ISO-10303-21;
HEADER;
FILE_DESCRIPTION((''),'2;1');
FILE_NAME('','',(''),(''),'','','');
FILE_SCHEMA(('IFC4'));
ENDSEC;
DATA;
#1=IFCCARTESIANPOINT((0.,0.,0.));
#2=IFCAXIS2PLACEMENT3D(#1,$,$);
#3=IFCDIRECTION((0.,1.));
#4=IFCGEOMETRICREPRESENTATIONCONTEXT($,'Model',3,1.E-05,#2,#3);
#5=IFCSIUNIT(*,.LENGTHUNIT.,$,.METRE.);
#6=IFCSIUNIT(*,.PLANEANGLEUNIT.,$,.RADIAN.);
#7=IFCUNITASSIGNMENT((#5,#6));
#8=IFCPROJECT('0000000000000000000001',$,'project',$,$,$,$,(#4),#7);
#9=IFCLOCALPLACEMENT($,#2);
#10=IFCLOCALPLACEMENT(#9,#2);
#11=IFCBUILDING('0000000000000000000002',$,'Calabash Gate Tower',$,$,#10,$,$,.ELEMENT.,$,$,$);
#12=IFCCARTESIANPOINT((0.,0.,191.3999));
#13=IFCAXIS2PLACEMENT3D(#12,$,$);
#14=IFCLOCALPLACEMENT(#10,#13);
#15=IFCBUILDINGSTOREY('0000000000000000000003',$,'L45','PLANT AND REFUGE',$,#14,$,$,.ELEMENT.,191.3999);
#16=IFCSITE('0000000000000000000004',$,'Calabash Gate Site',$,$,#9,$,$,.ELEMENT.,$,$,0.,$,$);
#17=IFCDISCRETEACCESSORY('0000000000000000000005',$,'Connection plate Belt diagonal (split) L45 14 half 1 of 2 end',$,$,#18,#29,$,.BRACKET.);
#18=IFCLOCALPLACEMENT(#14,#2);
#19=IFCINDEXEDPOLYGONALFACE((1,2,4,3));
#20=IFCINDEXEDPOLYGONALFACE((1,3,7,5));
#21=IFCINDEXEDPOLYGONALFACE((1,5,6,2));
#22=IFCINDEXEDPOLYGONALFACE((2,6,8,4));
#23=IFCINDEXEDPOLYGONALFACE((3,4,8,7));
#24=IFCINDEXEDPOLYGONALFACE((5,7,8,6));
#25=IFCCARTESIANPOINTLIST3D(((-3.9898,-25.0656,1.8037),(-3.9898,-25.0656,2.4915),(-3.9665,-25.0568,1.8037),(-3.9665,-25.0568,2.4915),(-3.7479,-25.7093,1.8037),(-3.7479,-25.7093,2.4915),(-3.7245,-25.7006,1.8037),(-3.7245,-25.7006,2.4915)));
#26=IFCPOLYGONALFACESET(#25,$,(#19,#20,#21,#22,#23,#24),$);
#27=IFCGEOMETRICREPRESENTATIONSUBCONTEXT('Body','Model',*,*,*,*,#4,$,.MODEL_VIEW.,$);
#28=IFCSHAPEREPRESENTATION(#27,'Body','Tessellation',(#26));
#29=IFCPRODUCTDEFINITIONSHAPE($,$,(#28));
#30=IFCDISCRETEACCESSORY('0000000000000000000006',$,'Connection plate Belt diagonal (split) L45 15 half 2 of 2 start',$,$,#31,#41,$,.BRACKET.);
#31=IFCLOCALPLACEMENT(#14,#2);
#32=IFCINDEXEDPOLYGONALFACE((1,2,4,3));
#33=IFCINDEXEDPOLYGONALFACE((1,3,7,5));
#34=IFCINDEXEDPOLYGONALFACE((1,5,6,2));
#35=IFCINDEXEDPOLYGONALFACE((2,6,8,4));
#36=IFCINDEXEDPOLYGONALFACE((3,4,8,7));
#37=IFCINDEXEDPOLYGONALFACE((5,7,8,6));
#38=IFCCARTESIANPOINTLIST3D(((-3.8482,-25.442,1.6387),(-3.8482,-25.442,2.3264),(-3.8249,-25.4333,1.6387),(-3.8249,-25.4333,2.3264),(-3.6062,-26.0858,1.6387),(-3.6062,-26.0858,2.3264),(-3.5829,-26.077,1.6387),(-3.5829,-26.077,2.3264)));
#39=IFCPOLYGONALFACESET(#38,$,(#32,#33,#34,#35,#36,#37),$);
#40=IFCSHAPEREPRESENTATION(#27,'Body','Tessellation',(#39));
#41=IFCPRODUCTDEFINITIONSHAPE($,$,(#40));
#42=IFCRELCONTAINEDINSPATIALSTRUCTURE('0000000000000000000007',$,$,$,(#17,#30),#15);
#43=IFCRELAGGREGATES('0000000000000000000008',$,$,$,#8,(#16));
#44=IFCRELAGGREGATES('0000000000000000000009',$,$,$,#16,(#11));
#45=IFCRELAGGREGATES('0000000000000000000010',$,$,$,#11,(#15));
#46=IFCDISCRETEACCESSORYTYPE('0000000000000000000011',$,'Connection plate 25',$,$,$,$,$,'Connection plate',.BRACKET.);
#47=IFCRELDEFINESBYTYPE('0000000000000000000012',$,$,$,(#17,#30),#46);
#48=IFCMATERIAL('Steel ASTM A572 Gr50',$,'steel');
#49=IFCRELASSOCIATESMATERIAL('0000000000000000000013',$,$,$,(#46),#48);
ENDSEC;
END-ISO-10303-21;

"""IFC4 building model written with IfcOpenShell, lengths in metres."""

from ifc_helpers import new_model, si_unit, direction, frame, origin, origin_2d, place, context, subcontext, project, spatial, rectangle, extrude, material, type_object, element, save


model = new_model("IFC4")

# Units and contexts
model_context = context("Model", 3, precision=1e-05, world=origin(), true_north=direction((0.0, 1.0)))
body_context = subcontext(model_context, "Body", "Model", "MODEL_VIEW")
ifc_project = project(units=[si_unit("LENGTHUNIT", "METRE"), si_unit("PLANEANGLEUNIT", "RADIAN")], contexts=[model_context])

# Site, building, storey
site_placement = place(None, origin())
site = spatial("IfcSite", under=ifc_project, at=site_placement, Name="Calabash Gate Site", CompositionType="ELEMENT", RefElevation=0.0)
building_placement = place(site_placement, origin())
building = spatial("IfcBuilding", under=site, at=building_placement, Name="Calabash Gate Tower", CompositionType="ELEMENT")
storey_placement = place(building_placement, frame((0.0, 0.0, 191.3999)))
storey = spatial("IfcBuildingStorey", under=building, at=storey_placement, Name="L45", Description="PLANT AND REFUGE", CompositionType="ELEMENT", Elevation=191.3999)

# Discrete accessories
ifc_material_1 = material(Name="Steel ASTM A572 Gr50", Category="steel")
discrete_accessory_type = type_object("IfcDiscreteAccessoryType", Name="Connection plate 25", ElementType="Connection plate", PredefinedType="BRACKET", material=ifc_material_1)
for number, where, z_axis, x_axis, name in (
    (1, (-3.8572, -25.3831, 1.8037), (0.0, 0.0, 1.0), (0.351823, -0.936067, 0.0), "Connection plate Belt diagonal (split) L45 14 half 1 of 2 end"),
    (2, (-3.7156, -25.7595, 1.6387), (0.0, 0.0, 1.0), (0.351823, -0.936067, 0.0), "Connection plate Belt diagonal (split) L45 15 half 2 of 2 start"),
):
    element("IfcDiscreteAccessory", number, at=place(storey_placement, frame(where, z_axis=z_axis, x_axis=x_axis)), inside=storey, type_object=discrete_accessory_type, Name=name, PredefinedType="BRACKET", context=body_context, shape_type="SweptSolid", body=[
        extrude(rectangle(XDim=0.6877, YDim=0.0249, at=origin_2d()), origin(), (0.0, 0.0, 1.0), 0.6877),
    ])

save(model, "model.ifc")
